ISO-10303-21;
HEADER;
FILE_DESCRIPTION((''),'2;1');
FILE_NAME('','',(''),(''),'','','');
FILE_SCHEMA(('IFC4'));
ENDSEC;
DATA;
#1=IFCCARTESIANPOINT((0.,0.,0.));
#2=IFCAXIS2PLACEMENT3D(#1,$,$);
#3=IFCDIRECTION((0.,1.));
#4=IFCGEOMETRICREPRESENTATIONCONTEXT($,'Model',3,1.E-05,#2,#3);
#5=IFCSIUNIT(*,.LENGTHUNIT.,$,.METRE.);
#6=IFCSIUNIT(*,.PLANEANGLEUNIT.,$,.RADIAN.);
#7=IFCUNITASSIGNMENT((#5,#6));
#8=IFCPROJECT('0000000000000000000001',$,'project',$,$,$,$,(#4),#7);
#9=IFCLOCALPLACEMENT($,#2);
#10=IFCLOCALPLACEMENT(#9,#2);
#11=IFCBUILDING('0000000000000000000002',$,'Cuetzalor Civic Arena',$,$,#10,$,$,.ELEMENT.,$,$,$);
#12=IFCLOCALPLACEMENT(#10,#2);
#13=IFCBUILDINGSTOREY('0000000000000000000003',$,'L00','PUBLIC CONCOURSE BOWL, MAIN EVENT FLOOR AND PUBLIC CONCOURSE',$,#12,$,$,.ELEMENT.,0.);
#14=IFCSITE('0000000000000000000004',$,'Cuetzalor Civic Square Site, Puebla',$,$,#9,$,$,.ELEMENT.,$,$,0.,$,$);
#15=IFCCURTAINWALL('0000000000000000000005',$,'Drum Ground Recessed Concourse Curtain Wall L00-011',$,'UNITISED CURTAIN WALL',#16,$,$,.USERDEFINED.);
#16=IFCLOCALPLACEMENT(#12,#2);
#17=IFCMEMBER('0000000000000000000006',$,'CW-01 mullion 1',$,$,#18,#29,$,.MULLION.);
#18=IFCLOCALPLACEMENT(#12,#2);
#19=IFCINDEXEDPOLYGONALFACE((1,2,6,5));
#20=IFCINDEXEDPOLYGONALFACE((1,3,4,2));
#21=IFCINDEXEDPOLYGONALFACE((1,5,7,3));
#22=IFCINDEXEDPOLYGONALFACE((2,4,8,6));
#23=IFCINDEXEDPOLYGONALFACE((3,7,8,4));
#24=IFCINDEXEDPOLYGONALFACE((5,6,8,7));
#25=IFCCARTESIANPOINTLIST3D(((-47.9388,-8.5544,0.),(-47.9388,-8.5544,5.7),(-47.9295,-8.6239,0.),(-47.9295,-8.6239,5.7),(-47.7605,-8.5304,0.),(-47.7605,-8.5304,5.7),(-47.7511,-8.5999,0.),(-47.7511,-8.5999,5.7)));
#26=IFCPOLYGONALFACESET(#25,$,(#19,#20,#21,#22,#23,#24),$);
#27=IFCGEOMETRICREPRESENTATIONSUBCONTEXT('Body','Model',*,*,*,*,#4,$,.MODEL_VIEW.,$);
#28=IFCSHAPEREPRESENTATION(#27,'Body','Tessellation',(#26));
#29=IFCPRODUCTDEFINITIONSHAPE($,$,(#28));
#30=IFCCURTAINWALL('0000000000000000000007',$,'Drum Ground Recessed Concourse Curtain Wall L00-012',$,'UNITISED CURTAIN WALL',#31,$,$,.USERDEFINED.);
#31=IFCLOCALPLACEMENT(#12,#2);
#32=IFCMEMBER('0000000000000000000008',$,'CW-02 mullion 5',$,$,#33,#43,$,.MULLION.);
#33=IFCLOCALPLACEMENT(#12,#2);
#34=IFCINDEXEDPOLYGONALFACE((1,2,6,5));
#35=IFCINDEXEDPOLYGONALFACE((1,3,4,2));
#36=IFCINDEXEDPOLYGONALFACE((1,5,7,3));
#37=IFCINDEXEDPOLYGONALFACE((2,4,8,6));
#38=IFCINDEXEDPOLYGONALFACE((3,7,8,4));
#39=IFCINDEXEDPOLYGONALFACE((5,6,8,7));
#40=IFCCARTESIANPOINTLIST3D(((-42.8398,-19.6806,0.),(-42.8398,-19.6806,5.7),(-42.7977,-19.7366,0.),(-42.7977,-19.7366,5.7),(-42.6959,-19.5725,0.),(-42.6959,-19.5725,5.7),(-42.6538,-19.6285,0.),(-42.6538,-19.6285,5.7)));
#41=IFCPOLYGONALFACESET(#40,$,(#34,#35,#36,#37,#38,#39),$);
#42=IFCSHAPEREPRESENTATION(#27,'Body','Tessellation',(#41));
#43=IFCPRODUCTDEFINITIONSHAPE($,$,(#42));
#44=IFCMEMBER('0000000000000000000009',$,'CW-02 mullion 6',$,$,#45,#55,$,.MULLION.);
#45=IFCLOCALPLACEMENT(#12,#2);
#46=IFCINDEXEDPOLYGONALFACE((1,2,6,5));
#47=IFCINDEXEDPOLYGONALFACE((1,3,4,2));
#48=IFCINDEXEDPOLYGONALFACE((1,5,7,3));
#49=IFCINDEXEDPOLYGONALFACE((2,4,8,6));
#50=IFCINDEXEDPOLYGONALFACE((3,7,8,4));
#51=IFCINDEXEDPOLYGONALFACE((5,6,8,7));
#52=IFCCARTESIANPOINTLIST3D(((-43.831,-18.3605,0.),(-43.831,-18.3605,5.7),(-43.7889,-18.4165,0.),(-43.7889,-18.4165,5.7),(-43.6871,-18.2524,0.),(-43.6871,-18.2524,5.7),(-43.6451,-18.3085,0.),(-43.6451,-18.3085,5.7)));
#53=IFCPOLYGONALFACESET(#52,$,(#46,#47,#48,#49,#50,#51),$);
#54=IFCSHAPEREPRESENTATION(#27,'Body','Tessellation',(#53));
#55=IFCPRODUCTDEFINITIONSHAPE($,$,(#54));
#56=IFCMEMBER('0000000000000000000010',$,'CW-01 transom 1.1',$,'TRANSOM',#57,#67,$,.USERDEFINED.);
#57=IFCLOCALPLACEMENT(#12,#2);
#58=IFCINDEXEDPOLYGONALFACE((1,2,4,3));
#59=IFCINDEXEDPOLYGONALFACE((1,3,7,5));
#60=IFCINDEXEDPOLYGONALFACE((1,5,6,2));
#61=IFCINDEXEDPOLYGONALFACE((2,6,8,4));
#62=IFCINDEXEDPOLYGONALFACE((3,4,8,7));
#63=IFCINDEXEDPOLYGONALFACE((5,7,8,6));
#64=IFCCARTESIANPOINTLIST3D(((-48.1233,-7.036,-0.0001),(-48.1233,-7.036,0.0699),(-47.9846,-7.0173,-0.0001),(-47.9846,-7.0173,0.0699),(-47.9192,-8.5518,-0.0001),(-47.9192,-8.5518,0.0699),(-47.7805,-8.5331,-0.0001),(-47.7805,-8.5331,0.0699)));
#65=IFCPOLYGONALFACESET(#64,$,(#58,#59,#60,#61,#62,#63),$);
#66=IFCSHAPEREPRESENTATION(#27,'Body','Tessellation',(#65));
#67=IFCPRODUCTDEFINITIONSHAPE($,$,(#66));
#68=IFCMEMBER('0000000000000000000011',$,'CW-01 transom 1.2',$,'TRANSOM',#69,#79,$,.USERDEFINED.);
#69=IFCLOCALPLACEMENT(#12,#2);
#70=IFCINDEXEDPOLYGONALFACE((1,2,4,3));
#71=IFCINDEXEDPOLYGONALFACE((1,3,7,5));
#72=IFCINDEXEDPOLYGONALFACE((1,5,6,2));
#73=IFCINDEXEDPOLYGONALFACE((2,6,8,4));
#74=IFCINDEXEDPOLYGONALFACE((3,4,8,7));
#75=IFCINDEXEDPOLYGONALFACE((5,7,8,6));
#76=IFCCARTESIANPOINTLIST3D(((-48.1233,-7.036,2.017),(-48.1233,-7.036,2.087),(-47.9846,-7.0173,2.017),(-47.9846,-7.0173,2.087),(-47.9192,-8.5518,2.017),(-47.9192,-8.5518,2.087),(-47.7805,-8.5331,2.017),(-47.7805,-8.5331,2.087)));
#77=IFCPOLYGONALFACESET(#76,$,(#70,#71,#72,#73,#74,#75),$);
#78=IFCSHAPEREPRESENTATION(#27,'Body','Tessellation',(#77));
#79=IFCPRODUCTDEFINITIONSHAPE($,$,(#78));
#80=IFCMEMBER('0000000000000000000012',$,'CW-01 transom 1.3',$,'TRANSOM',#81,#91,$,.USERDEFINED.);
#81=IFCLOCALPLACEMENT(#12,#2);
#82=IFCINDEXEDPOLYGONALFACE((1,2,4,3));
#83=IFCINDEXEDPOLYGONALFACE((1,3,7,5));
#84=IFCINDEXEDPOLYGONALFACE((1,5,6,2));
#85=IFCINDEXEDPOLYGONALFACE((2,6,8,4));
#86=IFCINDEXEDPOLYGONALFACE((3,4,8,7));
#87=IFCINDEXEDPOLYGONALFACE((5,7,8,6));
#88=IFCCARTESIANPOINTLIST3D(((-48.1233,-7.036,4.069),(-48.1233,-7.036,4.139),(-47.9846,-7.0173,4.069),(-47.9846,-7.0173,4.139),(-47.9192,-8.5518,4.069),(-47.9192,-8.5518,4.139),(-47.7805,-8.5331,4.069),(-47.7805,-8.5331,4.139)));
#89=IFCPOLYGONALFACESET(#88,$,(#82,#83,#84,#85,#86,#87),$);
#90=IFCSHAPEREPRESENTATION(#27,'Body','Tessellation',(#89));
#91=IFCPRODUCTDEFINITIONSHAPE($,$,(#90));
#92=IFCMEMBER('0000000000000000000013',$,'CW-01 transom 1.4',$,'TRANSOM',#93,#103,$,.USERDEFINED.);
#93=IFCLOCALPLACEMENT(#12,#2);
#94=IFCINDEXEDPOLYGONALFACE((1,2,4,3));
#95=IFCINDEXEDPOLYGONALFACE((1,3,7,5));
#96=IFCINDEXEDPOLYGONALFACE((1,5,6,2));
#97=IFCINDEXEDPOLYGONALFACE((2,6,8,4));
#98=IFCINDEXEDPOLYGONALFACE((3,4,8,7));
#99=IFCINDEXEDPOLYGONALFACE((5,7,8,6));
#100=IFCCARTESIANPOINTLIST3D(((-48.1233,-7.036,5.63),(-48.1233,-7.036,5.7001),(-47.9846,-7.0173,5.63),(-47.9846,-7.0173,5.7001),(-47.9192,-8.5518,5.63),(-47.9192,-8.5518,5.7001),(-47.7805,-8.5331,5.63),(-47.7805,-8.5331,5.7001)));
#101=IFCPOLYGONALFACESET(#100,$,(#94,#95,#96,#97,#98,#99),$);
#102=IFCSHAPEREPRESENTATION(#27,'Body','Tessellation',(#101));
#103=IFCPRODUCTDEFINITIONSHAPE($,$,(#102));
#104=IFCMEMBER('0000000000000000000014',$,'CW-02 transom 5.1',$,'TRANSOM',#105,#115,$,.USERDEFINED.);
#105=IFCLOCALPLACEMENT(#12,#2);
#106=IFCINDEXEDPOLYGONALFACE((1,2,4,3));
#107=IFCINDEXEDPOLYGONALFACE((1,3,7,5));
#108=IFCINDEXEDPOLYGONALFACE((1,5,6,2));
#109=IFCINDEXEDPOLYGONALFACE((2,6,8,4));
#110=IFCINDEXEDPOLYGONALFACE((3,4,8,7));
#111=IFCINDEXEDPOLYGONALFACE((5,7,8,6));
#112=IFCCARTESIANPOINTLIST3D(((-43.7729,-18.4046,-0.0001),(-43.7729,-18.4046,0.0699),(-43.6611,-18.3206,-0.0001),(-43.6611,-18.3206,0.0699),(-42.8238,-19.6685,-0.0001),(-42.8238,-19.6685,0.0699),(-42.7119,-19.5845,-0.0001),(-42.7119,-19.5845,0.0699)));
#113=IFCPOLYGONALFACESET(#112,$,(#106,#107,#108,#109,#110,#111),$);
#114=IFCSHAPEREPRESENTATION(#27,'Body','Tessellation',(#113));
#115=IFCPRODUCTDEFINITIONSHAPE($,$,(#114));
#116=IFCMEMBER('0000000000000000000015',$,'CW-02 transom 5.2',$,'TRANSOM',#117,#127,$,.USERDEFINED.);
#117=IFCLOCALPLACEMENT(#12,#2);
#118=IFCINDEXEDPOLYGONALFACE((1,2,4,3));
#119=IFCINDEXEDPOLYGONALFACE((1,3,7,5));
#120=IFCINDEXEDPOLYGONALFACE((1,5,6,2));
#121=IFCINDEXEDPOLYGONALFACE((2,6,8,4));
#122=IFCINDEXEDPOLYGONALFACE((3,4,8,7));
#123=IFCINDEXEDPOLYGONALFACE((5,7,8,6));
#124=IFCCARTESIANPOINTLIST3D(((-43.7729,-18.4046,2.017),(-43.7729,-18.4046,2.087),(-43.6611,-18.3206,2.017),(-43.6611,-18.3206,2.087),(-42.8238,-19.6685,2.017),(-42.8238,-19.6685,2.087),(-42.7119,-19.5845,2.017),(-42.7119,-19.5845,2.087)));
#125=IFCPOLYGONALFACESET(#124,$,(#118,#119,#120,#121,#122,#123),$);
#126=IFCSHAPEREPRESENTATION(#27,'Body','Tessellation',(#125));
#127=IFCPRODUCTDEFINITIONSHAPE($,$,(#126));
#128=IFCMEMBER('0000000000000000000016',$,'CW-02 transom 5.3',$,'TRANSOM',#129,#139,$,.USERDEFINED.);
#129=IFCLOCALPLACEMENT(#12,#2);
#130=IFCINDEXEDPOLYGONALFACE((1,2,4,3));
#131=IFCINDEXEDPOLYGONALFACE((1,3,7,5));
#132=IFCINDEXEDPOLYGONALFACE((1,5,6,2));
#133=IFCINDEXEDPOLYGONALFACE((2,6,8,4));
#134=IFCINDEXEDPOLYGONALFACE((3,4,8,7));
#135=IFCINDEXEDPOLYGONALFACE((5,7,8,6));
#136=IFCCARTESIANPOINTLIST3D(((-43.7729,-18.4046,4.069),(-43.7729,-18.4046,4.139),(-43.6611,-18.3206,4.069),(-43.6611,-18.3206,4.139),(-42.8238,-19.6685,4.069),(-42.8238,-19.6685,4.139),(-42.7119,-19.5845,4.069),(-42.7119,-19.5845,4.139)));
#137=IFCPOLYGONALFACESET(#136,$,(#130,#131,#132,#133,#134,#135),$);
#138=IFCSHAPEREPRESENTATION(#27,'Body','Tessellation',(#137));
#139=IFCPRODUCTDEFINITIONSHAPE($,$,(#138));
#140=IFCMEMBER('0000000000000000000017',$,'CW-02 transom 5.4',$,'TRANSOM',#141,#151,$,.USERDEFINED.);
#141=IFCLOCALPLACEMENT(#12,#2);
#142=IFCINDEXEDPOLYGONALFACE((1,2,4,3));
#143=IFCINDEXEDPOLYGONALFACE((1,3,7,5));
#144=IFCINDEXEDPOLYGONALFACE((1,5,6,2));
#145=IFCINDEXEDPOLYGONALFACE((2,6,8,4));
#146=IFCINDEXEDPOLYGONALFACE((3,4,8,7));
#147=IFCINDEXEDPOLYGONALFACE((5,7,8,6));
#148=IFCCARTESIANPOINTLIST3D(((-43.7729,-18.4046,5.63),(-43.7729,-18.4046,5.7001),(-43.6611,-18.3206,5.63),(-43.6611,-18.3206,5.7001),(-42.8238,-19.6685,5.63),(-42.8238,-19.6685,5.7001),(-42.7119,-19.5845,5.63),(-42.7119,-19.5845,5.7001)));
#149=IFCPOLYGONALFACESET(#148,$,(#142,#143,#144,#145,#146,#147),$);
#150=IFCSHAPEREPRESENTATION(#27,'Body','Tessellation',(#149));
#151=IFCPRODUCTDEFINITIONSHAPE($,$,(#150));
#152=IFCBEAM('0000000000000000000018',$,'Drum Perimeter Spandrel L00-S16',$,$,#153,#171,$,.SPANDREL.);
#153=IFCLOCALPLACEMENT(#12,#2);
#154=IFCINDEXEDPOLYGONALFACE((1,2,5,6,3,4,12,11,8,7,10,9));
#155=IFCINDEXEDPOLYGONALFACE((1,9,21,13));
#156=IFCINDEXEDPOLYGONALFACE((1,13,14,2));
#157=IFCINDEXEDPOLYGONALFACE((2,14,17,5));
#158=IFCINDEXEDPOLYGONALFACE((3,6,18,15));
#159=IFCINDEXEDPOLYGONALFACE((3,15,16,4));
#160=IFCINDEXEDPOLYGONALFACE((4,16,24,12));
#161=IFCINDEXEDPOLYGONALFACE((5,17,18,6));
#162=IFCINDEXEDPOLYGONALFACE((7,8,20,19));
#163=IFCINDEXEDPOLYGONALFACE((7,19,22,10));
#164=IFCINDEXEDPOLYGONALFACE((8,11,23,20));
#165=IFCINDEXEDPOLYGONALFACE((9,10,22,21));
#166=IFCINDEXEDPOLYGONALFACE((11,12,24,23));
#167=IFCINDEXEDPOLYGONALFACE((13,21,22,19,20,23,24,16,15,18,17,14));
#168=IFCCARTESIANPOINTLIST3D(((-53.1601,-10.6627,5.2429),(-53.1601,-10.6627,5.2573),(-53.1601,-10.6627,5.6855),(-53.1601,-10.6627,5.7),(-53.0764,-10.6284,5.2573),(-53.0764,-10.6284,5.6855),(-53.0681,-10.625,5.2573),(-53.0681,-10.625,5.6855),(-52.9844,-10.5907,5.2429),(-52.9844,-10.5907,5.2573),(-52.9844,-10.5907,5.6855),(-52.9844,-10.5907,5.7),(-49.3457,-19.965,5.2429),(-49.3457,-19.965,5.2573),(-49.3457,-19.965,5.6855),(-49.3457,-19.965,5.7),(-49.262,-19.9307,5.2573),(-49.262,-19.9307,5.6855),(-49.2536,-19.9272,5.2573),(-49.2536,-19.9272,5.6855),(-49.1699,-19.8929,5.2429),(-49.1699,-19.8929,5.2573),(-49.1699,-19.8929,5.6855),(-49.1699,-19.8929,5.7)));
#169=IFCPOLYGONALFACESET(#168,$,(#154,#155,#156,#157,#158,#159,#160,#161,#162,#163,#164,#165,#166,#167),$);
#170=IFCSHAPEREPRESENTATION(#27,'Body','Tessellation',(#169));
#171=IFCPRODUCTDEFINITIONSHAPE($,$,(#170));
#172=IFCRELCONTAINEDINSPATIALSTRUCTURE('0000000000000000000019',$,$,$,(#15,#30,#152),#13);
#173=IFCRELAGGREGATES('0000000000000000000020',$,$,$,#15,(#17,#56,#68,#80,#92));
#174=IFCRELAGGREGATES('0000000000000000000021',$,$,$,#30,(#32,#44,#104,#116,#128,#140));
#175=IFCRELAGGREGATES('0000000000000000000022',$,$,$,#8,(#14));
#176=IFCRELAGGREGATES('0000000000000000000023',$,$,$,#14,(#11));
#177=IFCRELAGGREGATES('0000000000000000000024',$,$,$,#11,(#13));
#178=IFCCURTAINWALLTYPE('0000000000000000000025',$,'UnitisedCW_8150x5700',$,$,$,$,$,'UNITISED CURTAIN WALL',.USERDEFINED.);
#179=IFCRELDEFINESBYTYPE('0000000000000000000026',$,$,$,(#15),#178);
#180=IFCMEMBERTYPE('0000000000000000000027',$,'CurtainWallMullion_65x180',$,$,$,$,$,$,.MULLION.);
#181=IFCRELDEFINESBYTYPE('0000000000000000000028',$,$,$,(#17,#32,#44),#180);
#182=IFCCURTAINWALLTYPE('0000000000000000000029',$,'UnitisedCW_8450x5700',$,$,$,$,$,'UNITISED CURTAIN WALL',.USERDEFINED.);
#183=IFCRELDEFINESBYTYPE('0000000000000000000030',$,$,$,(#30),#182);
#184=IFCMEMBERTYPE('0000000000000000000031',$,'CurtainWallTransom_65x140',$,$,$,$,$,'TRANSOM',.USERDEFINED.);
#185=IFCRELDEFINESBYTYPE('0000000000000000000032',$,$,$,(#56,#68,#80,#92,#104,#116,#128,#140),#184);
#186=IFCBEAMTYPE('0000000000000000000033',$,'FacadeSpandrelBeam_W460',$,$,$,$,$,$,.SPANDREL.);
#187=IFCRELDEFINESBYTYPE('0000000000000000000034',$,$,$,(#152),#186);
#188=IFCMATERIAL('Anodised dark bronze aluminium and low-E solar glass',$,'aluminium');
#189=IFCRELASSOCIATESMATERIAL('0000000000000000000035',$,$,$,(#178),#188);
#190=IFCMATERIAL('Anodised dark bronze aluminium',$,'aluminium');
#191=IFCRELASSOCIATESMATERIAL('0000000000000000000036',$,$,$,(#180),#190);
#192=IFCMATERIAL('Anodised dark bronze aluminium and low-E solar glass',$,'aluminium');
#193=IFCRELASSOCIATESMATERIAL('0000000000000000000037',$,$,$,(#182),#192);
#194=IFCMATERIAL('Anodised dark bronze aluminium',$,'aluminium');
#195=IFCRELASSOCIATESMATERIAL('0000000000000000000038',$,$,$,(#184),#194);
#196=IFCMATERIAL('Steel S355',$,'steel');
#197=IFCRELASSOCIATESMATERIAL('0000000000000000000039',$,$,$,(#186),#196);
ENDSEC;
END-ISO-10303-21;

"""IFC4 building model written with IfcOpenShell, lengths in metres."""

from ifc_helpers import new_model, si_unit, direction, frame, origin, origin_2d, place, context, subcontext, project, spatial, rectangle, i_section, extrude, material, material_profile, profile_set, type_object, element, aggregate, save


model = new_model("IFC4")

# Units and contexts
model_context = context("Model", 3, precision=1e-05, world=origin(), true_north=direction((0.0, 1.0)))
body_context = subcontext(model_context, "Body", "Model", "MODEL_VIEW")
ifc_project = project(units=[si_unit("LENGTHUNIT", "METRE"), si_unit("PLANEANGLEUNIT", "RADIAN")], contexts=[model_context])

# Site, building, storey
site_placement = place(None, origin())
site = spatial("IfcSite", under=ifc_project, at=site_placement, Name="Cuetzalor Civic Square Site, Puebla", CompositionType="ELEMENT", RefElevation=0.0)
building_placement = place(site_placement, origin())
building = spatial("IfcBuilding", under=site, at=building_placement, Name="Cuetzalor Civic Arena", CompositionType="ELEMENT")
storey_placement = place(building_placement, origin())
storey = spatial("IfcBuildingStorey", under=building, at=storey_placement, Name="L00", Description="PUBLIC CONCOURSE BOWL, MAIN EVENT FLOOR AND PUBLIC CONCOURSE", CompositionType="ELEMENT", Elevation=0.0)

# Curtain wall, member
ifc_material_1 = material(Name="Anodised dark bronze aluminium and low-E solar glass", Category="aluminium")
curtain_wall_type_1 = type_object("IfcCurtainWallType", Name="UnitisedCW_8150x5700", ElementType="UNITISED CURTAIN WALL", PredefinedType="USERDEFINED", material=ifc_material_1)
curtain_wall_1_placement = place(storey_placement, origin())
curtain_wall_1 = element("IfcCurtainWall", 1, at=curtain_wall_1_placement, inside=storey, type_object=curtain_wall_type_1, Name="Drum Ground Recessed Concourse Curtain Wall L00-011", ObjectType="UNITISED CURTAIN WALL", PredefinedType="USERDEFINED")
ifc_material_2 = material(Name="Anodised dark bronze aluminium", Category="aluminium")
ifc_material_profile_1 = material_profile(ifc_material_2, rectangle(XDim=0.0701, YDim=0.1799, at=origin_2d()), Name="ALU MULLION 70x180")
ifc_profile_set_1 = profile_set([ifc_material_profile_1], Name="Anodised dark bronze aluminium")
member_type_1 = type_object("IfcMemberType", Name="CurtainWallMullion_65x180", PredefinedType="MULLION", material=ifc_profile_set_1)
member_1_placement = place(storey_placement, frame((-47.845, -8.5771, 0.0), z_axis=(0.0, 0.0, 1.0), x_axis=(-0.133443, 0.991056, 0.0)))
member_1 = element("IfcMember", 2, at=member_1_placement, type_object=member_type_1, Name="CW-01 mullion 1", PredefinedType="MULLION", context=body_context, shape_type="SweptSolid", body=[
    extrude(rectangle(XDim=0.0701, YDim=0.1799, at=origin_2d()), origin(), (0.0, 0.0, 1.0), 5.7),
])

# Curtain wall, members
ifc_material_3 = material(Name="Anodised dark bronze aluminium and low-E solar glass", Category="aluminium")
curtain_wall_type_2 = type_object("IfcCurtainWallType", Name="UnitisedCW_8450x5700", ElementType="UNITISED CURTAIN WALL", PredefinedType="USERDEFINED", material=ifc_material_3)
curtain_wall_2_placement = place(storey_placement, origin())
curtain_wall_2 = element("IfcCurtainWall", 3, at=curtain_wall_2_placement, inside=storey, type_object=curtain_wall_type_2, Name="Drum Ground Recessed Concourse Curtain Wall L00-012", ObjectType="UNITISED CURTAIN WALL", PredefinedType="USERDEFINED")
member_2_placement = place(storey_placement, frame((-42.7468, -19.6545, 0.0), z_axis=(0.0, 0.0, 1.0), x_axis=(-0.600492, 0.799631, 0.0)))
member_2 = element("IfcMember", 4, at=member_2_placement, type_object=member_type_1, Name="CW-02 mullion 5", PredefinedType="MULLION", context=body_context, shape_type="SweptSolid", body=[
    extrude(rectangle(XDim=0.0701, YDim=0.1799, at=origin_2d()), origin(), (0.0, 0.0, 1.0), 5.7),
])
member_3_placement = place(storey_placement, frame((-43.738, -18.3345, 0.0), z_axis=(0.0, 0.0, 1.0), x_axis=(-0.600492, 0.799631, 0.0)))
member_3 = element("IfcMember", 5, at=member_3_placement, type_object=member_type_1, Name="CW-02 mullion 6", PredefinedType="MULLION", context=body_context, shape_type="SweptSolid", body=[
    extrude(rectangle(XDim=0.0701, YDim=0.1799, at=origin_2d()), origin(), (0.0, 0.0, 1.0), 5.7),
])

# Members
ifc_material_4 = material(Name="Anodised dark bronze aluminium", Category="aluminium")
ifc_material_profile_2 = material_profile(ifc_material_4, rectangle(XDim=0.1399, YDim=0.0701, at=origin_2d()), Name="ALU TRANSOM 70x140")
ifc_profile_set_2 = profile_set([ifc_material_profile_2], Name="Anodised dark bronze aluminium")
member_type_2 = type_object("IfcMemberType", Name="CurtainWallTransom_65x140", ElementType="TRANSOM", PredefinedType="USERDEFINED", material=ifc_profile_set_2)
member_4_placement = place(storey_placement, frame((-47.8499, -8.5425, 0.0349), z_axis=(-0.133439, 0.991057, 0.0), x_axis=(-0.991057, -0.133439, 0.0)))
member_4 = element("IfcMember", 6, at=member_4_placement, type_object=member_type_2, Name="CW-01 transom 1.1", ObjectType="TRANSOM", PredefinedType="USERDEFINED", context=body_context, shape_type="SweptSolid", body=[
    extrude(rectangle(XDim=0.1399, YDim=0.0701, at=origin_2d()), origin(), (0.0, 0.0, 1.0), 1.5295),
])
member_5_placement = place(storey_placement, frame((-47.8499, -8.5425, 2.052), z_axis=(-0.133439, 0.991057, 0.0), x_axis=(-0.991057, -0.133439, 0.0)))
member_5 = element("IfcMember", 7, at=member_5_placement, type_object=member_type_2, Name="CW-01 transom 1.2", ObjectType="TRANSOM", PredefinedType="USERDEFINED", context=body_context, shape_type="SweptSolid", body=[
    extrude(rectangle(XDim=0.1399, YDim=0.0701, at=origin_2d()), origin(), (0.0, 0.0, 1.0), 1.5295),
])
member_6_placement = place(storey_placement, frame((-47.8499, -8.5425, 4.104), z_axis=(-0.133439, 0.991057, 0.0), x_axis=(-0.991057, -0.133439, 0.0)))
member_6 = element("IfcMember", 8, at=member_6_placement, type_object=member_type_2, Name="CW-01 transom 1.3", ObjectType="TRANSOM", PredefinedType="USERDEFINED", context=body_context, shape_type="SweptSolid", body=[
    extrude(rectangle(XDim=0.1399, YDim=0.0701, at=origin_2d()), origin(), (0.0, 0.0, 1.0), 1.5295),
])
member_7_placement = place(storey_placement, frame((-47.8499, -8.5425, 5.665), z_axis=(-0.133439, 0.991057, 0.0), x_axis=(-0.991057, -0.133439, 0.0)))
member_7 = element("IfcMember", 9, at=member_7_placement, type_object=member_type_2, Name="CW-01 transom 1.4", ObjectType="TRANSOM", PredefinedType="USERDEFINED", context=body_context, shape_type="SweptSolid", body=[
    extrude(rectangle(XDim=0.1399, YDim=0.0701, at=origin_2d()), origin(), (0.0, 0.0, 1.0), 1.5295),
])
member_8_placement = place(storey_placement, frame((-42.7678, -19.6265, 0.0349), z_axis=(-0.600519, 0.799611, 0.0), x_axis=(-0.799611, -0.600519, 0.0)))
member_8 = element("IfcMember", 10, at=member_8_placement, type_object=member_type_2, Name="CW-02 transom 5.1", ObjectType="TRANSOM", PredefinedType="USERDEFINED", context=body_context, shape_type="SweptSolid", body=[
    extrude(rectangle(XDim=0.1399, YDim=0.0701, at=origin_2d()), origin(), (0.0, 0.0, 1.0), 1.5806),
])
member_9_placement = place(storey_placement, frame((-42.7678, -19.6265, 2.052), z_axis=(-0.600519, 0.799611, 0.0), x_axis=(-0.799611, -0.600519, 0.0)))
member_9 = element("IfcMember", 11, at=member_9_placement, type_object=member_type_2, Name="CW-02 transom 5.2", ObjectType="TRANSOM", PredefinedType="USERDEFINED", context=body_context, shape_type="SweptSolid", body=[
    extrude(rectangle(XDim=0.1399, YDim=0.0701, at=origin_2d()), origin(), (0.0, 0.0, 1.0), 1.5806),
])
member_10_placement = place(storey_placement, frame((-42.7678, -19.6265, 4.104), z_axis=(-0.600519, 0.799611, 0.0), x_axis=(-0.799611, -0.600519, 0.0)))
member_10 = element("IfcMember", 12, at=member_10_placement, type_object=member_type_2, Name="CW-02 transom 5.3", ObjectType="TRANSOM", PredefinedType="USERDEFINED", context=body_context, shape_type="SweptSolid", body=[
    extrude(rectangle(XDim=0.1399, YDim=0.0701, at=origin_2d()), origin(), (0.0, 0.0, 1.0), 1.5806),
])
member_11_placement = place(storey_placement, frame((-42.7678, -19.6265, 5.665), z_axis=(-0.600519, 0.799611, 0.0), x_axis=(-0.799611, -0.600519, 0.0)))
member_11 = element("IfcMember", 13, at=member_11_placement, type_object=member_type_2, Name="CW-02 transom 5.4", ObjectType="TRANSOM", PredefinedType="USERDEFINED", context=body_context, shape_type="SweptSolid", body=[
    extrude(rectangle(XDim=0.1399, YDim=0.0701, at=origin_2d()), origin(), (0.0, 0.0, 1.0), 1.5806),
])

# Beam
ifc_material_5 = material(Name="Steel S355", Category="steel")
ifc_material_profile_3 = material_profile(ifc_material_5, i_section(OverallWidth=0.1899, OverallDepth=0.457, WebThickness=0.009, FlangeThickness=0.0144, at=origin_2d()), Name="W460x74")
ifc_profile_set_3 = profile_set([ifc_material_profile_3], Name="Steel S355")
beam_type_1 = type_object("IfcBeamType", Name="FacadeSpandrelBeam_W460", PredefinedType="SPANDREL", material=ifc_profile_set_3)
beam_1_placement = place(storey_placement, frame((-53.0723, -10.6267, 5.4714), z_axis=(0.379399, -0.925233, 0.0), x_axis=(0.925233, 0.379399, 0.0)))
element("IfcBeam", 14, at=beam_1_placement, inside=storey, type_object=beam_type_1, Name="Drum Perimeter Spandrel L00-S16", PredefinedType="SPANDREL", context=body_context, shape_type="SweptSolid", body=[
    extrude(i_section(OverallWidth=0.1899, OverallDepth=0.457, WebThickness=0.009, FlangeThickness=0.0144, at=origin_2d()), origin(), (0.0, 0.0, 1.0), 10.054),
])

aggregate(curtain_wall_1, [member_1, member_4, member_5, member_6, member_7])
aggregate(curtain_wall_2, [member_2, member_3, member_8, member_9, member_10, member_11])

save(model, "model.ifc")
